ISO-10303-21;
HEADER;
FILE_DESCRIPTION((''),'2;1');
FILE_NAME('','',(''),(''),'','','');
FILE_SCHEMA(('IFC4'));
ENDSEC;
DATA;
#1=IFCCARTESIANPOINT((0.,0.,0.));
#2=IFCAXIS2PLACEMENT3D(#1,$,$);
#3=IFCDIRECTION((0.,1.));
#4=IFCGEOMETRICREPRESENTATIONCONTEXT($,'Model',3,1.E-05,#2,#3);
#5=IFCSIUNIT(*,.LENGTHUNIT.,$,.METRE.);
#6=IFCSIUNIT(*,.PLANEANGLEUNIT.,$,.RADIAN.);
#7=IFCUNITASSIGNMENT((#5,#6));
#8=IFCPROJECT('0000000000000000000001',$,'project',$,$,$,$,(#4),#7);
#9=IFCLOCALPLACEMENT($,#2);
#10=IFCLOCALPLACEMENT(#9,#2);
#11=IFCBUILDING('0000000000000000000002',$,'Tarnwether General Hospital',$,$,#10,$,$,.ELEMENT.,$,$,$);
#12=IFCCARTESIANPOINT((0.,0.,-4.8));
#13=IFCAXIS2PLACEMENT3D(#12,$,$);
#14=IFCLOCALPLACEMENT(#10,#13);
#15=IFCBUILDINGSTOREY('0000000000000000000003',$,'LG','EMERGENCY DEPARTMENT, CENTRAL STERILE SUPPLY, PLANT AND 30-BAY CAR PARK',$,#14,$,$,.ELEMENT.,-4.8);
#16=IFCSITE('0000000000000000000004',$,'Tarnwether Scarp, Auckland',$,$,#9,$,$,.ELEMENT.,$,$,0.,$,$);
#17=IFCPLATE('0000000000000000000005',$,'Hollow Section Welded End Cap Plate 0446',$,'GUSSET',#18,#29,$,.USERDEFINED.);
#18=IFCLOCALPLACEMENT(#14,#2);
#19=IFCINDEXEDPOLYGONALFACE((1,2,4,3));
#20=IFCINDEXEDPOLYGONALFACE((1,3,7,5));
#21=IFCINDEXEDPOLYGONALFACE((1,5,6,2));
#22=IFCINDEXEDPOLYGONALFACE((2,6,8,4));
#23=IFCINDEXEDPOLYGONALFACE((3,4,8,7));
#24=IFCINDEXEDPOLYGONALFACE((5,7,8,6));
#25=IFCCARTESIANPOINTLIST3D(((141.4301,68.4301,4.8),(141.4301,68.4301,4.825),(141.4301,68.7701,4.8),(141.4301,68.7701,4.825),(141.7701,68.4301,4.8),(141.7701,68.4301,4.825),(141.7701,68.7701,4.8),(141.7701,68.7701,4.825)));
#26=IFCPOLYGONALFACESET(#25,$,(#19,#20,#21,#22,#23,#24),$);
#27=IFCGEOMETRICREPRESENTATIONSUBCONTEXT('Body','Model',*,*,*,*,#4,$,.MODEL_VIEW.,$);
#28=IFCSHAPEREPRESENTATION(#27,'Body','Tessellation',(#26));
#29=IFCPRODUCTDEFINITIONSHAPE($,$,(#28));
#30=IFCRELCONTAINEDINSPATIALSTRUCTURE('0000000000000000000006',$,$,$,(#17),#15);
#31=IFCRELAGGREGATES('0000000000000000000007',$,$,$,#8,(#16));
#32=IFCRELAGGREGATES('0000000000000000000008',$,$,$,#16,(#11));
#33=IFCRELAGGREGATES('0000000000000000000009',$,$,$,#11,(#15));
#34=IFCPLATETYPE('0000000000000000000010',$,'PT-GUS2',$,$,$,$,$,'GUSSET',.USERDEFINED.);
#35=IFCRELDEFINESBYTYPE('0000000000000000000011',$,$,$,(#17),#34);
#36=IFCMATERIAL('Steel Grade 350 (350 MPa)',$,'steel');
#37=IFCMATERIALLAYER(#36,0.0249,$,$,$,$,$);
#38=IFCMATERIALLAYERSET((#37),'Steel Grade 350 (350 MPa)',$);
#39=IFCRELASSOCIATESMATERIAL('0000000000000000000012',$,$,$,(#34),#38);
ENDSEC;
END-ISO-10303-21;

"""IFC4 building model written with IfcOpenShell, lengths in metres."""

from ifc_helpers import new_model, si_unit, direction, frame, origin, origin_2d, place, context, subcontext, project, spatial, rectangle, extrude, material, layer, layer_set, type_object, element, save


model = new_model("IFC4")

# Units and contexts
model_context = context("Model", 3, precision=1e-05, world=origin(), true_north=direction((0.0, 1.0)))
body_context = subcontext(model_context, "Body", "Model", "MODEL_VIEW")
ifc_project = project(units=[si_unit("LENGTHUNIT", "METRE"), si_unit("PLANEANGLEUNIT", "RADIAN")], contexts=[model_context])

# Site, building, storey
site_placement = place(None, origin())
site = spatial("IfcSite", under=ifc_project, at=site_placement, Name="Tarnwether Scarp, Auckland", CompositionType="ELEMENT", RefElevation=0.0)
building_placement = place(site_placement, origin())
building = spatial("IfcBuilding", under=site, at=building_placement, Name="Tarnwether General Hospital", CompositionType="ELEMENT")
storey_placement = place(building_placement, frame((0.0, 0.0, -4.8)))
storey = spatial("IfcBuildingStorey", under=building, at=storey_placement, Name="LG", Description="EMERGENCY DEPARTMENT, CENTRAL STERILE SUPPLY, PLANT AND 30-BAY CAR PARK", CompositionType="ELEMENT", Elevation=-4.8)

# Plate
ifc_material_1 = material(Name="Steel Grade 350 (350 MPa)", Category="steel")
ifc_layer = layer(ifc_material_1, 0.0249)
ifc_layer_set = layer_set([ifc_layer], Name="Steel Grade 350 (350 MPa)")
plate_type = type_object("IfcPlateType", Name="PT-GUS2", ElementType="GUSSET", PredefinedType="USERDEFINED", material=ifc_layer_set)
for number, where, z_axis, x_axis, name in (
    (1, (141.6001, 68.6001, 4.8), (0.0, 0.0, 1.0), (1.0, 0.0, 0.0), "Hollow Section Welded End Cap Plate 0446"),
):
    element("IfcPlate", number, at=place(storey_placement, frame(where, z_axis=z_axis, x_axis=x_axis)), inside=storey, type_object=plate_type, Name=name, ObjectType="GUSSET", PredefinedType="USERDEFINED", context=body_context, shape_type="SweptSolid", body=[
        extrude(rectangle(XDim=0.3401, YDim=0.3401, at=origin_2d()), origin(), (0.0, 0.0, 1.0), 0.0249),
    ])

save(model, "model.ifc")
